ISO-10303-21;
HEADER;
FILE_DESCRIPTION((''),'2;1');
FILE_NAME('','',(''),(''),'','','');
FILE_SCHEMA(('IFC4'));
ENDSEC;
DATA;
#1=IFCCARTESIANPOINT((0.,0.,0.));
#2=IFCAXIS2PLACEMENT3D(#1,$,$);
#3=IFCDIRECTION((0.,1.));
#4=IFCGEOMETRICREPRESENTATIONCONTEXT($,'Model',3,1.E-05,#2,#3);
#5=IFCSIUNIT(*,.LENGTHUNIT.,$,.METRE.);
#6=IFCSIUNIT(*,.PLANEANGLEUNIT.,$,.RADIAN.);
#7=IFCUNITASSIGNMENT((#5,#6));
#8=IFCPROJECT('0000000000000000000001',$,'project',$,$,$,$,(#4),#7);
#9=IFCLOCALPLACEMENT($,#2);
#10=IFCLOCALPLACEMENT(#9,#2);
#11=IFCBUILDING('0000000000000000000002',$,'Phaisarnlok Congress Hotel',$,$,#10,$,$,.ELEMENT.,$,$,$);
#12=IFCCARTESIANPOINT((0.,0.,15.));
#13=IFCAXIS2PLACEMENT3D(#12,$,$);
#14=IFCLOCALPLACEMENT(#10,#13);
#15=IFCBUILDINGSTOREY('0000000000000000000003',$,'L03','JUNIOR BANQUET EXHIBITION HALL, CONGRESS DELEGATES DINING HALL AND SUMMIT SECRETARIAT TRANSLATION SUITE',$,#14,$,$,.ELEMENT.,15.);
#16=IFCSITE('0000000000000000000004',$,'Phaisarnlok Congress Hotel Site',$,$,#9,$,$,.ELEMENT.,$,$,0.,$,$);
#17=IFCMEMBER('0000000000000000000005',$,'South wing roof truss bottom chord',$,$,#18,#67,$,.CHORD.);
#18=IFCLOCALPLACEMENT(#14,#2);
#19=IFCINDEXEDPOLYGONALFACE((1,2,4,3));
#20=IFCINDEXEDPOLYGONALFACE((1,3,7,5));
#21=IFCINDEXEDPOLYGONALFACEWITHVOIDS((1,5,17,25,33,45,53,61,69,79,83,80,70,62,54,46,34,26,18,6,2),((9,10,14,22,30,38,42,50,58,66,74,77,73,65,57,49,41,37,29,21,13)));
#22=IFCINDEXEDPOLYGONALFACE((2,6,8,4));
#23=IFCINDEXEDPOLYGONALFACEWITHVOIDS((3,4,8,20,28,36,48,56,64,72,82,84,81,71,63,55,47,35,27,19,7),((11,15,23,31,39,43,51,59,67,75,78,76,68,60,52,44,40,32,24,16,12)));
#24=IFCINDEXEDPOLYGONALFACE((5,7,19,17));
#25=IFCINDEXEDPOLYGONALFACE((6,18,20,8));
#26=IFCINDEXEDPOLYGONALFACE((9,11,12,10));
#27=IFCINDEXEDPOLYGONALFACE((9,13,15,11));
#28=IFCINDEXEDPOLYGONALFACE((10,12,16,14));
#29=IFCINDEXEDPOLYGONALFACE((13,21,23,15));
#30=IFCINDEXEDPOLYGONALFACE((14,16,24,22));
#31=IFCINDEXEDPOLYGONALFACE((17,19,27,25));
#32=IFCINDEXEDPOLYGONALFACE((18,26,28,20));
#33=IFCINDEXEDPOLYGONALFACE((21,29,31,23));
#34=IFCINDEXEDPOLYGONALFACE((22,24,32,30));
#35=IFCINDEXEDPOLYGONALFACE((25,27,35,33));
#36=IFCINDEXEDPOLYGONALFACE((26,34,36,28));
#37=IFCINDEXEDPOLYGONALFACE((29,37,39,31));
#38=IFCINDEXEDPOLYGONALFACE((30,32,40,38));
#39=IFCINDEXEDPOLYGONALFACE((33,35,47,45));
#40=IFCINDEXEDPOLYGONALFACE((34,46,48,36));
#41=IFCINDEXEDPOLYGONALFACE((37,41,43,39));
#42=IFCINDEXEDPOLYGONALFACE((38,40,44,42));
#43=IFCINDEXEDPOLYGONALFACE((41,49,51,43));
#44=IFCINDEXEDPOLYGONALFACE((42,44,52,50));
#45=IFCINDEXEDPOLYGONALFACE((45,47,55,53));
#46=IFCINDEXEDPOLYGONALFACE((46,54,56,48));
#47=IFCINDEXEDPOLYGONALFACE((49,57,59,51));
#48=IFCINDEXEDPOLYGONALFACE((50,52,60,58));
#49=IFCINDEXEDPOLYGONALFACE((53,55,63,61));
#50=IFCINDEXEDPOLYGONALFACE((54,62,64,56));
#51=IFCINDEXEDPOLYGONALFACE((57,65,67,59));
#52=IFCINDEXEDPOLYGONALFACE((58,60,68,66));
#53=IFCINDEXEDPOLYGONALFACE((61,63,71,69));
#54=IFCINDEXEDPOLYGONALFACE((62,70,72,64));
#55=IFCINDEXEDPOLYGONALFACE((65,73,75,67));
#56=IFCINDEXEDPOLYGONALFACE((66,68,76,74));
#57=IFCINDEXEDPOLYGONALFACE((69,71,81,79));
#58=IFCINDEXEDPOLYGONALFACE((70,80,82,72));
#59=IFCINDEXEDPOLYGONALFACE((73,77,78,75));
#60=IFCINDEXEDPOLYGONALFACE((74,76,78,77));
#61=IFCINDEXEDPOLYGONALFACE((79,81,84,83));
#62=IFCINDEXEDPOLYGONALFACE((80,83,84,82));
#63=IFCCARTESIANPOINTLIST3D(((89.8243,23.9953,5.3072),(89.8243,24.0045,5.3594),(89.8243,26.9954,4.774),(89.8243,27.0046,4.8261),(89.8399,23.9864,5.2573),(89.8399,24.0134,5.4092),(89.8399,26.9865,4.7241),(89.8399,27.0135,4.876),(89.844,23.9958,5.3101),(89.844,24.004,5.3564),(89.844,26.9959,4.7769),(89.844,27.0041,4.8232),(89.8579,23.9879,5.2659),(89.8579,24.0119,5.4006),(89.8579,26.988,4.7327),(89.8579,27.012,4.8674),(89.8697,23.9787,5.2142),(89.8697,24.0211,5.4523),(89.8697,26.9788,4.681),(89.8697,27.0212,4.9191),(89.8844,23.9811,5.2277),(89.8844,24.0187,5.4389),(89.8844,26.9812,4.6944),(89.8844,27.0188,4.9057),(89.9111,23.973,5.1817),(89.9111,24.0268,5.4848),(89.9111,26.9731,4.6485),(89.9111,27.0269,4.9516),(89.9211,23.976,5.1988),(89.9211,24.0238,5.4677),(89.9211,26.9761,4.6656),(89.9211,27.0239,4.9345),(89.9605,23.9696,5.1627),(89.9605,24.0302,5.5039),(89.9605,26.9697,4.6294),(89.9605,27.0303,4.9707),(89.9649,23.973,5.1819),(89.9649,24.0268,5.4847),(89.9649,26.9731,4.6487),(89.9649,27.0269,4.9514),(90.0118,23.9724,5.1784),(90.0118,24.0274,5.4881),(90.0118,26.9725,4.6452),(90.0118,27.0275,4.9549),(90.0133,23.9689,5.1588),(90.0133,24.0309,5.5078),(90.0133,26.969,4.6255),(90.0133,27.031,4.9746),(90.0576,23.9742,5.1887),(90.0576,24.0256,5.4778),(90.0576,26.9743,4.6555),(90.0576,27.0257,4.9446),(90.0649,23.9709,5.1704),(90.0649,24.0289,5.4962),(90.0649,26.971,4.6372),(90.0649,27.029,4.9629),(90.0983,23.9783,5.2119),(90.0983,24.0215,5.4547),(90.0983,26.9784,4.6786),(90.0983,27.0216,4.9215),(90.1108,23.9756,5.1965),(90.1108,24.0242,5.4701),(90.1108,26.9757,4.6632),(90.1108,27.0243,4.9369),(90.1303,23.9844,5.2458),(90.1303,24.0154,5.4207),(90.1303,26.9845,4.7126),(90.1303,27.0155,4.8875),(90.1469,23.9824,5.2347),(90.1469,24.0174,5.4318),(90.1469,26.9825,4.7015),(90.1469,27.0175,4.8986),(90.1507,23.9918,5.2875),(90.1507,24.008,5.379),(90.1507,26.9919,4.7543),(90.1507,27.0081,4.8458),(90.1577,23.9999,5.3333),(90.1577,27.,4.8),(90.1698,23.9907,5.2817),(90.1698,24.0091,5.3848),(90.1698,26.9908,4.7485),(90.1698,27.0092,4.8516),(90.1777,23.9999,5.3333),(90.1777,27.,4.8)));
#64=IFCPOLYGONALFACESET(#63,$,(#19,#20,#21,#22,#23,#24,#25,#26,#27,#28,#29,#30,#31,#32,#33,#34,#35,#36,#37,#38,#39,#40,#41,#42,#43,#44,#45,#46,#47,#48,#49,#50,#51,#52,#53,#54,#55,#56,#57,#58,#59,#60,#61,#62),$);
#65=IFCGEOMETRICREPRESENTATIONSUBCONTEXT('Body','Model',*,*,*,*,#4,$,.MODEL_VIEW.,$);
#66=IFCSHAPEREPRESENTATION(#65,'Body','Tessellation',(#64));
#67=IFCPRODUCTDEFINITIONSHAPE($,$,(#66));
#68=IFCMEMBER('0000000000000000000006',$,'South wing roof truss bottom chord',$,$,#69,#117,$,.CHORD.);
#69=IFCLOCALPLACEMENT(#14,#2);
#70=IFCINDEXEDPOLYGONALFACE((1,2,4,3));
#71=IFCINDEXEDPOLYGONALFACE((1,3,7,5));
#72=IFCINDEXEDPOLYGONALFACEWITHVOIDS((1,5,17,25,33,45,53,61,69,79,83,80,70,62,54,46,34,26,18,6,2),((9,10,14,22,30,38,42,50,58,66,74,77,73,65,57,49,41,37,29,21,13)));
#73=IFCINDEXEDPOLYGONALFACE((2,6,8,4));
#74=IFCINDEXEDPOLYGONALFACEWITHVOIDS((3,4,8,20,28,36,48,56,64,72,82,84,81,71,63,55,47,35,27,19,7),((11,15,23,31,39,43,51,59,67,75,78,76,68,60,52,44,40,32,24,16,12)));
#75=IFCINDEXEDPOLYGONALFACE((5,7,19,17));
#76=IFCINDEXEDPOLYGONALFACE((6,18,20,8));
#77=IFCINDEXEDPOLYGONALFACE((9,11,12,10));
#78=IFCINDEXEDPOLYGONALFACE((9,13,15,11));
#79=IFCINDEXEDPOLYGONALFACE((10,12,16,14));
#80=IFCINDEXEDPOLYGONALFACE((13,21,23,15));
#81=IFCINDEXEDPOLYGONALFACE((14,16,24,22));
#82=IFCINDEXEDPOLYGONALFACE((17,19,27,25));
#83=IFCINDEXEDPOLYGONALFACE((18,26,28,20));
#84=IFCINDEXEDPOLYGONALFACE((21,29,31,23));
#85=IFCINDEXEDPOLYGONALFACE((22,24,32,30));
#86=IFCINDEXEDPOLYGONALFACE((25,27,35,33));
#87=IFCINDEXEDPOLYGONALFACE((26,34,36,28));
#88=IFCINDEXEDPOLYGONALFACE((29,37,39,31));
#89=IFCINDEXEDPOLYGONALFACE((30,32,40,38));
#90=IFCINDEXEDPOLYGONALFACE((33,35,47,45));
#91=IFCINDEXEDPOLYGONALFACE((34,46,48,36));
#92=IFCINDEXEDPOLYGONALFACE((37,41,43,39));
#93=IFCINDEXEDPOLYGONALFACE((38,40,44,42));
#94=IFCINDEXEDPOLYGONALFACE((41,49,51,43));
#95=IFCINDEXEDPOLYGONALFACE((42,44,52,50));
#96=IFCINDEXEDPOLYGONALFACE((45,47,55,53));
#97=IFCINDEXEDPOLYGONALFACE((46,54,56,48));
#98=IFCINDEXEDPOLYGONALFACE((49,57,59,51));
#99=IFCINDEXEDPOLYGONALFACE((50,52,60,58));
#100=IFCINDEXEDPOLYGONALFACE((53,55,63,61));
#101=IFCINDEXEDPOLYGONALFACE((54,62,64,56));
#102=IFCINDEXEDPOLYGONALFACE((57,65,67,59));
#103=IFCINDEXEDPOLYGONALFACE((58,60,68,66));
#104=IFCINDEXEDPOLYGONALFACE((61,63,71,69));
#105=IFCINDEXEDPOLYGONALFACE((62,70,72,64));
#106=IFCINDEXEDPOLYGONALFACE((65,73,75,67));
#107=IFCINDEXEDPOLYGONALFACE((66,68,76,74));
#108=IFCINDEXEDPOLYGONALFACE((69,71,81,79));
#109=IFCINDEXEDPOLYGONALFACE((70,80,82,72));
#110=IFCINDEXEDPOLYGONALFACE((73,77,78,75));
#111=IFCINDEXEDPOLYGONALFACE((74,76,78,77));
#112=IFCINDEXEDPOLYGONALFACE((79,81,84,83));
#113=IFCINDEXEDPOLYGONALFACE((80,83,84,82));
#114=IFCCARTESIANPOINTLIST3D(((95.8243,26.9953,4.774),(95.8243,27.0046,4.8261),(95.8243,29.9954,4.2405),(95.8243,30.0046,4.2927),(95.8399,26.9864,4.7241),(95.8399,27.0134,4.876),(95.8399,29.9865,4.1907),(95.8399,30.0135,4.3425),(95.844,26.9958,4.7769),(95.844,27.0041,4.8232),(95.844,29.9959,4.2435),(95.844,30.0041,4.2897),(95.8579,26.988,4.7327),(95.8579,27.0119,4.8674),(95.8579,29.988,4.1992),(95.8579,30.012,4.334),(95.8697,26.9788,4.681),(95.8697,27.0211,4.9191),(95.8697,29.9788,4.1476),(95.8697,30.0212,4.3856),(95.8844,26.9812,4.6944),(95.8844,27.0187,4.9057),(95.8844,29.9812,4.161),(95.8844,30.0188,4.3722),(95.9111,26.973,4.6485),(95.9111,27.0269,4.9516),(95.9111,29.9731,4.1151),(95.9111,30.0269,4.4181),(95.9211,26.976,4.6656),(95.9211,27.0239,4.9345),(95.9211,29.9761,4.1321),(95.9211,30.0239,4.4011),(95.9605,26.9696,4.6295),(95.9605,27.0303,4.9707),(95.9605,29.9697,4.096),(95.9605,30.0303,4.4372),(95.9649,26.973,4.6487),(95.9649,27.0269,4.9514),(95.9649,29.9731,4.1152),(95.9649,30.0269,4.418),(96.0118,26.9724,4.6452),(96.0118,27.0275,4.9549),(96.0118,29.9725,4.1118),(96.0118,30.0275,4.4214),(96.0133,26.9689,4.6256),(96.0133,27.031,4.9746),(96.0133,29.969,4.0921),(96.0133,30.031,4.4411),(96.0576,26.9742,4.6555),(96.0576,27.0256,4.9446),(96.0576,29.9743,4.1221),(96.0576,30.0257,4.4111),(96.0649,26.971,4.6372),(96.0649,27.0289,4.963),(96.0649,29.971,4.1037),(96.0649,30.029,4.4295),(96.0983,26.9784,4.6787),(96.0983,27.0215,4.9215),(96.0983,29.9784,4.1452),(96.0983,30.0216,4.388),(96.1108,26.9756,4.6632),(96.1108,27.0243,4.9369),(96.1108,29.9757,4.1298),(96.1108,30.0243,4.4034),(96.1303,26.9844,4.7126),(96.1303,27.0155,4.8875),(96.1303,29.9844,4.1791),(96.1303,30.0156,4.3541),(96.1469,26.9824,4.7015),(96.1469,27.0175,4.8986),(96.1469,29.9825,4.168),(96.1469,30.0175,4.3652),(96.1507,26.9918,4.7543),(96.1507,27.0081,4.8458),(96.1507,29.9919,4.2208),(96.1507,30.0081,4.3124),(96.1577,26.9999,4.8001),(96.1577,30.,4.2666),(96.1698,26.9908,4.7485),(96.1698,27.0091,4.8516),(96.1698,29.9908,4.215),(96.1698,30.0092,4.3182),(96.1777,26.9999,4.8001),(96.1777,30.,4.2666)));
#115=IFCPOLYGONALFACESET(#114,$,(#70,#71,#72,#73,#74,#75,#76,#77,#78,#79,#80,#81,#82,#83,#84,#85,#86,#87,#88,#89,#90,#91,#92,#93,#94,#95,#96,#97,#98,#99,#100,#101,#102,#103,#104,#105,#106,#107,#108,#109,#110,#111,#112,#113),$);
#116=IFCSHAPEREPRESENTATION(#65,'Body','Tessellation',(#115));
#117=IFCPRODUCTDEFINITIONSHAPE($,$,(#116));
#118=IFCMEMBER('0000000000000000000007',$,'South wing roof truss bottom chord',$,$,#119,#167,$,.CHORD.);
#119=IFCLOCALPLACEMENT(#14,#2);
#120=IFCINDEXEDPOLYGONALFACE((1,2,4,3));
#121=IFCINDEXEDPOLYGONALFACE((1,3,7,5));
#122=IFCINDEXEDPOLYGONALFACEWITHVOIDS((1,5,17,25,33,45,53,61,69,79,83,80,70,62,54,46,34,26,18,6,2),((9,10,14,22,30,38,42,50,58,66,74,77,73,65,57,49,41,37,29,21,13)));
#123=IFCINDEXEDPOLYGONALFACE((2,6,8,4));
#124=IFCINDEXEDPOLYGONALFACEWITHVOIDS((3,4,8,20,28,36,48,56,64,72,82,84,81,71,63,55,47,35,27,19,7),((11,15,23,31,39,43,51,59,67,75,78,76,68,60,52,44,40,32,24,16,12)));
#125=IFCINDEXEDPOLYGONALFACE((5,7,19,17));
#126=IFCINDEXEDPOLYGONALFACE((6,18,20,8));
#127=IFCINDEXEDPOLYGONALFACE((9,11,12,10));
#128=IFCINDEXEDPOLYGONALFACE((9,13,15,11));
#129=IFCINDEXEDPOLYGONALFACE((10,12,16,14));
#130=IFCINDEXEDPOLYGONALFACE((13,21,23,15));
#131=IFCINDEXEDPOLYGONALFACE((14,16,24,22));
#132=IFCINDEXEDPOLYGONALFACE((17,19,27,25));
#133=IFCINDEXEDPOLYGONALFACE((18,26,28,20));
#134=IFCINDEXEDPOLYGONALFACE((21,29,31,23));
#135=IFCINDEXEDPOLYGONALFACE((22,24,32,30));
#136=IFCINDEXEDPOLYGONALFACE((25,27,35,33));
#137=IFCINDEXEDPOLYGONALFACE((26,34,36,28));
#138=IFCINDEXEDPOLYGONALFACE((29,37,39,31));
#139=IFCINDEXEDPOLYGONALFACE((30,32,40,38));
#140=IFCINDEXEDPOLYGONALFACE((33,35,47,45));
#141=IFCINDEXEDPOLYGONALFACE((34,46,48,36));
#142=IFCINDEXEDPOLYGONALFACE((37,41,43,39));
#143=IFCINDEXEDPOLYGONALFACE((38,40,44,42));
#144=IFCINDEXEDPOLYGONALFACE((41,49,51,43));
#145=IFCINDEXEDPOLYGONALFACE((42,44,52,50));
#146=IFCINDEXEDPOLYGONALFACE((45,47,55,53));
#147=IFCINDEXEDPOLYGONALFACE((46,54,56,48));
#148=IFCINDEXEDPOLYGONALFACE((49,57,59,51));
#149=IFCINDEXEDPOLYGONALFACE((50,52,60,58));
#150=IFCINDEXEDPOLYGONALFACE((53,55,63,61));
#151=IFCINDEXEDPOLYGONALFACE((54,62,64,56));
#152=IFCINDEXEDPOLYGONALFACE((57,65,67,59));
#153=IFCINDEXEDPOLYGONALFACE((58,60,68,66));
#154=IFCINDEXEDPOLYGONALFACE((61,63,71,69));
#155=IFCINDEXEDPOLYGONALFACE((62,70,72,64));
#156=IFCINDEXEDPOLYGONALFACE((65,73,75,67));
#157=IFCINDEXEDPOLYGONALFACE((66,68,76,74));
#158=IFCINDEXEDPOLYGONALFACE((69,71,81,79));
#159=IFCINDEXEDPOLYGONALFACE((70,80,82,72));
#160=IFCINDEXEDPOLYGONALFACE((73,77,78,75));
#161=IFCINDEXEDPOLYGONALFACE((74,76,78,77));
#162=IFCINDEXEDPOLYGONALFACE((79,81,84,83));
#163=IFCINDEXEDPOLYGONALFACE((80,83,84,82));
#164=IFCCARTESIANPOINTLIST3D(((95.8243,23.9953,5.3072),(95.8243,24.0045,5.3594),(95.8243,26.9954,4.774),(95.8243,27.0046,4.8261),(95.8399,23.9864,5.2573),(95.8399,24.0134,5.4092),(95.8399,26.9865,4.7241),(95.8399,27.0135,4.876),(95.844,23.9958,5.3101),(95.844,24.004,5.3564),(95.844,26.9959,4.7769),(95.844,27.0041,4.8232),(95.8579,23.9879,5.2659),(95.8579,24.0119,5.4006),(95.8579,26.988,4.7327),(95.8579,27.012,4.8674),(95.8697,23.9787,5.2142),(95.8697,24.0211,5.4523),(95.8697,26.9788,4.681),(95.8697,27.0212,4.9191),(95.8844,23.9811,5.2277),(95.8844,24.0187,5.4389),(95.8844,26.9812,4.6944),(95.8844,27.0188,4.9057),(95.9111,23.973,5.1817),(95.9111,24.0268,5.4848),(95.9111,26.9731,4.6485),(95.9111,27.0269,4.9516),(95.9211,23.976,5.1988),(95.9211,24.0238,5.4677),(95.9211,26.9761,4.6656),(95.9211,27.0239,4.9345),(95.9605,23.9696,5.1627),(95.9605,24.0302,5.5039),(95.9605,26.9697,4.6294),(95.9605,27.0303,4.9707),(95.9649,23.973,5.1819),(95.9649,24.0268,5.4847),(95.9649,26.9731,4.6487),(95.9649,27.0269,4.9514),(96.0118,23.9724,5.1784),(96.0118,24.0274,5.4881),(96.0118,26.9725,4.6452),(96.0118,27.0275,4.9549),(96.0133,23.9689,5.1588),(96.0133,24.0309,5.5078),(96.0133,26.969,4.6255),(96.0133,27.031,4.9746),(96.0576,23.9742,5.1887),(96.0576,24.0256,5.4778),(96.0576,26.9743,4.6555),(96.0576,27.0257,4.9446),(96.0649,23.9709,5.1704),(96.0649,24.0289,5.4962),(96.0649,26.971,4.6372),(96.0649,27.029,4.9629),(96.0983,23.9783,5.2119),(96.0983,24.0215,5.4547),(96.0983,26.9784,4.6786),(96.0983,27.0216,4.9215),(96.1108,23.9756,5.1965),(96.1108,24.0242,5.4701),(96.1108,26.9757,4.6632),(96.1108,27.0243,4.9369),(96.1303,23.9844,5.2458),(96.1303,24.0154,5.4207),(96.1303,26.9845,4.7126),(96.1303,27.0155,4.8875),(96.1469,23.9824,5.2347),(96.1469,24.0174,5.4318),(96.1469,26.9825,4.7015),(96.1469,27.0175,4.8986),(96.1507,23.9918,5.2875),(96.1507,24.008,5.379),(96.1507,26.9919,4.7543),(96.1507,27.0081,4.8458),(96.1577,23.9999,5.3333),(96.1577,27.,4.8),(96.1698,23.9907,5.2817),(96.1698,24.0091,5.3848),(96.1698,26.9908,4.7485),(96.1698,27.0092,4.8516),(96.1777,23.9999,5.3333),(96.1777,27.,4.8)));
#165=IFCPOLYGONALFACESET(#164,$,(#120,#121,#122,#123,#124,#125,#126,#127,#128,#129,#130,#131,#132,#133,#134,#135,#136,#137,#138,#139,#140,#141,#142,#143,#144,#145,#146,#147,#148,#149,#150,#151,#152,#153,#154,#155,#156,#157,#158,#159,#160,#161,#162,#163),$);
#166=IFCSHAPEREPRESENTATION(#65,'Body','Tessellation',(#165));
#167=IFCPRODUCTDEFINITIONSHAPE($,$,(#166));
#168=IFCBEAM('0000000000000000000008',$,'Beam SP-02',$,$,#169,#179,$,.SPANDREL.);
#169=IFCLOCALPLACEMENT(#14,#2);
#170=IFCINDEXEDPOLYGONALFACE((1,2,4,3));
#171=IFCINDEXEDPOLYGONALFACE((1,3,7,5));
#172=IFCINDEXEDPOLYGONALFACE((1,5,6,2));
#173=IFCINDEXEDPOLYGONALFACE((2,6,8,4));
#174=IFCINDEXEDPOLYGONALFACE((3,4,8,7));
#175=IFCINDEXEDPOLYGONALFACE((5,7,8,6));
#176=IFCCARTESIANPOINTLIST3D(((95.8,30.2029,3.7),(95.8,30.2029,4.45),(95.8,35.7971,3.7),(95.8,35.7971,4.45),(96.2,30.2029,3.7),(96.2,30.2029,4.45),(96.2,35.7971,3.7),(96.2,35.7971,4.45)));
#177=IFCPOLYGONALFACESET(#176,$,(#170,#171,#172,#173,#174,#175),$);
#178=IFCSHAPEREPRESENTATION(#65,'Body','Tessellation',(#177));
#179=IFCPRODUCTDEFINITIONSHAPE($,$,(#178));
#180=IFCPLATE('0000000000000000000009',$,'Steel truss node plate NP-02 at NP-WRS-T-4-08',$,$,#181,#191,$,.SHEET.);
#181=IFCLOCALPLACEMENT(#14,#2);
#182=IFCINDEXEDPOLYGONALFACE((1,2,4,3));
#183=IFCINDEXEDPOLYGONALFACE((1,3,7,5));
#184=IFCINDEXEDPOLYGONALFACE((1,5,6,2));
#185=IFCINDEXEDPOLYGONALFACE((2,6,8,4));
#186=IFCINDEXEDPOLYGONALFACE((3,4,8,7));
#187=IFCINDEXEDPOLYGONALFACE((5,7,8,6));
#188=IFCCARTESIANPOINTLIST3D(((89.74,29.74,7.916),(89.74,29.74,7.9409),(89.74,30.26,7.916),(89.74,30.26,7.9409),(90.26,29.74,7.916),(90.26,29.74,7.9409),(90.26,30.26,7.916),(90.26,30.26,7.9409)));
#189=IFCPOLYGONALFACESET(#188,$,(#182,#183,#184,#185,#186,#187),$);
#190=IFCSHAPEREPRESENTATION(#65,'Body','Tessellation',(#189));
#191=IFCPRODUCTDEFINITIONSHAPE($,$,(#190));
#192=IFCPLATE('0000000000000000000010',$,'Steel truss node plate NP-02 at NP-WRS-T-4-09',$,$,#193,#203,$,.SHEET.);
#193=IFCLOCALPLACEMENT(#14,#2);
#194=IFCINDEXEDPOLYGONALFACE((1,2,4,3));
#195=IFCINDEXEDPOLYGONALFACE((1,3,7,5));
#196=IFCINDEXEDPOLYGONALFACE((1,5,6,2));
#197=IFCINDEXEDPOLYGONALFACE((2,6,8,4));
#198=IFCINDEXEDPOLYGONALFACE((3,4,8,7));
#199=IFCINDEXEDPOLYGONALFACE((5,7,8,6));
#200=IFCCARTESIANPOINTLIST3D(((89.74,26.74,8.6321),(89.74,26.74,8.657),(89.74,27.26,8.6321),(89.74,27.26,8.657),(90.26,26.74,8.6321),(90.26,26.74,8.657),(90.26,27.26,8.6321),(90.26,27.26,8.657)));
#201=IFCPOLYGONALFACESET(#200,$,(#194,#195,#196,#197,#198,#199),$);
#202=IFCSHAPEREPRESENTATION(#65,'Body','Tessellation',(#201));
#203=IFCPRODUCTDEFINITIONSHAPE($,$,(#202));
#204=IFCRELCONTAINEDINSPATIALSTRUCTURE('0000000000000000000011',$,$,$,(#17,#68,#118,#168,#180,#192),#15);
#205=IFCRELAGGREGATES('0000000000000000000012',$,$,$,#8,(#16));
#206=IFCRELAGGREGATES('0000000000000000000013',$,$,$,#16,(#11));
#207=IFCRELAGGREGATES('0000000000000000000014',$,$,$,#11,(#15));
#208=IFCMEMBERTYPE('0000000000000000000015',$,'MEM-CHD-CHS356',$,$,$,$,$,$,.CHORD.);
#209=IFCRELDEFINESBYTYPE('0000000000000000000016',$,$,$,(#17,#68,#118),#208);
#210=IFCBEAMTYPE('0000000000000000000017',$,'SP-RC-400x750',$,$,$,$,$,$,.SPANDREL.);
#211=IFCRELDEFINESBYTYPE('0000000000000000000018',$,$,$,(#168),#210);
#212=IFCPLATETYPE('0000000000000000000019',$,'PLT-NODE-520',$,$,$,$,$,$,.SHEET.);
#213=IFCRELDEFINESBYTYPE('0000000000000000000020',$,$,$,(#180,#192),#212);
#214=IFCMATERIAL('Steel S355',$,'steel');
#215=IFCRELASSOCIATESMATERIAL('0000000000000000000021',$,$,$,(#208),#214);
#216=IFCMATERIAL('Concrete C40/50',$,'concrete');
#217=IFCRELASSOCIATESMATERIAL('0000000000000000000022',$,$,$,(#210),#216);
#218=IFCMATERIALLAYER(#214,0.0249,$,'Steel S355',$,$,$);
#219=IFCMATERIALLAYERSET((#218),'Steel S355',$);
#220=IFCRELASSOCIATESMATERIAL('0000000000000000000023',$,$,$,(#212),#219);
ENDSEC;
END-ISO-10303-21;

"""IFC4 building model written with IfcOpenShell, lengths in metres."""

from ifc_helpers import new_model, si_unit, direction, frame, origin, origin_2d, place, context, subcontext, project, spatial, rectangle, hollow_circle, extrude, material, layer, layer_set, material_profile, profile_set, type_object, element, save


model = new_model("IFC4")

# Units and contexts
model_context = context("Model", 3, precision=1e-05, world=origin(), true_north=direction((0.0, 1.0)))
body_context = subcontext(model_context, "Body", "Model", "MODEL_VIEW")
ifc_project = project(units=[si_unit("LENGTHUNIT", "METRE"), si_unit("PLANEANGLEUNIT", "RADIAN")], contexts=[model_context])

# Site, building, storey
site_placement = place(None, origin())
site = spatial("IfcSite", under=ifc_project, at=site_placement, Name="Phaisarnlok Congress Hotel Site", CompositionType="ELEMENT", RefElevation=0.0)
building_placement = place(site_placement, origin())
building = spatial("IfcBuilding", under=site, at=building_placement, Name="Phaisarnlok Congress Hotel", CompositionType="ELEMENT")
storey_placement = place(building_placement, frame((0.0, 0.0, 15.0)))
storey = spatial("IfcBuildingStorey", under=building, at=storey_placement, Name="L03", Description="JUNIOR BANQUET EXHIBITION HALL, CONGRESS DELEGATES DINING HALL AND SUMMIT SECRETARIAT TRANSLATION SUITE", CompositionType="ELEMENT", Elevation=15.0)

# Shared definitions
ifc_material_1 = material(Name="Steel S355", Category="steel")

# Members
ifc_material_profile_1 = material_profile(ifc_material_1, hollow_circle(Radius=0.1777, WallThickness=0.02, at=origin_2d()), Name="CHS 355.6x20")
ifc_profile_set_1 = profile_set([ifc_material_profile_1], Name="Steel S355")
member_type_1 = type_object("IfcMemberType", Name="MEM-CHD-CHS356", PredefinedType="CHORD", material=ifc_profile_set_1)
for number, where, z_axis, x_axis, name in (
    (1, (90.0, 27.0, 4.8), (0.0, -0.98457, 0.174992), (1.0, 0.0, 0.0), "South wing roof truss bottom chord"),
    (2, (96.0, 30.0, 4.2666), (0.0, -0.984556, 0.17507), (1.0, 0.0, 0.0), "South wing roof truss bottom chord"),
    (3, (96.0, 27.0, 4.8), (0.0, -0.98457, 0.174992), (1.0, 0.0, 0.0), "South wing roof truss bottom chord"),
):
    element("IfcMember", number, at=place(storey_placement, frame(where, z_axis=z_axis, x_axis=x_axis)), inside=storey, type_object=member_type_1, Name=name, PredefinedType="CHORD", context=body_context, shape_type="SweptSolid", body=[
        extrude(hollow_circle(Radius=0.1777, WallThickness=0.02, at=origin_2d()), origin(), (0.0, 0.0, 1.0), 3.0471),
    ])

# Beam
ifc_material_2 = material(Name="Concrete C40/50", Category="concrete")
ifc_material_profile_2 = material_profile(ifc_material_2, rectangle(XDim=0.3999, YDim=0.75, at=origin_2d()), Name="RC 400x750")
ifc_profile_set_2 = profile_set([ifc_material_profile_2], Name="Concrete C40/50")
beam_type_1 = type_object("IfcBeamType", Name="SP-RC-400x750", PredefinedType="SPANDREL", material=ifc_profile_set_2)
beam_1_placement = place(storey_placement, frame((96.0, 30.2029, 4.075), z_axis=(0.0, 1.0, 0.0), x_axis=(-1.0, 0.0, 0.0)))
element("IfcBeam", 4, at=beam_1_placement, inside=storey, type_object=beam_type_1, Name="Beam SP-02", PredefinedType="SPANDREL", context=body_context, shape_type="SweptSolid", body=[
    extrude(rectangle(XDim=0.3999, YDim=0.75, at=origin_2d()), origin(), (0.0, 0.0, 1.0), 5.5942),
])

# Plates
ifc_layer_1 = layer(ifc_material_1, 0.0249, Name="Steel S355")
ifc_layer_set_1 = layer_set([ifc_layer_1], Name="Steel S355")
plate_type_1 = type_object("IfcPlateType", Name="PLT-NODE-520", PredefinedType="SHEET", material=ifc_layer_set_1)
for number, where, z_axis, x_axis, name in (
    (5, (90.0, 30.0, 7.916), (0.0, 0.0, 1.0), (1.0, 0.0, 0.0), "Steel truss node plate NP-02 at NP-WRS-T-4-08"),
    (6, (90.0, 27.0, 8.6321), (0.0, 0.0, 1.0), (1.0, 0.0, 0.0), "Steel truss node plate NP-02 at NP-WRS-T-4-09"),
):
    element("IfcPlate", number, at=place(storey_placement, frame(where, z_axis=z_axis, x_axis=x_axis)), inside=storey, type_object=plate_type_1, Name=name, PredefinedType="SHEET", context=body_context, shape_type="SweptSolid", body=[
        extrude(rectangle(XDim=0.52, YDim=0.52, at=origin_2d()), origin(), (0.0, 0.0, 1.0), 0.0249),
    ])

save(model, "model.ifc")
